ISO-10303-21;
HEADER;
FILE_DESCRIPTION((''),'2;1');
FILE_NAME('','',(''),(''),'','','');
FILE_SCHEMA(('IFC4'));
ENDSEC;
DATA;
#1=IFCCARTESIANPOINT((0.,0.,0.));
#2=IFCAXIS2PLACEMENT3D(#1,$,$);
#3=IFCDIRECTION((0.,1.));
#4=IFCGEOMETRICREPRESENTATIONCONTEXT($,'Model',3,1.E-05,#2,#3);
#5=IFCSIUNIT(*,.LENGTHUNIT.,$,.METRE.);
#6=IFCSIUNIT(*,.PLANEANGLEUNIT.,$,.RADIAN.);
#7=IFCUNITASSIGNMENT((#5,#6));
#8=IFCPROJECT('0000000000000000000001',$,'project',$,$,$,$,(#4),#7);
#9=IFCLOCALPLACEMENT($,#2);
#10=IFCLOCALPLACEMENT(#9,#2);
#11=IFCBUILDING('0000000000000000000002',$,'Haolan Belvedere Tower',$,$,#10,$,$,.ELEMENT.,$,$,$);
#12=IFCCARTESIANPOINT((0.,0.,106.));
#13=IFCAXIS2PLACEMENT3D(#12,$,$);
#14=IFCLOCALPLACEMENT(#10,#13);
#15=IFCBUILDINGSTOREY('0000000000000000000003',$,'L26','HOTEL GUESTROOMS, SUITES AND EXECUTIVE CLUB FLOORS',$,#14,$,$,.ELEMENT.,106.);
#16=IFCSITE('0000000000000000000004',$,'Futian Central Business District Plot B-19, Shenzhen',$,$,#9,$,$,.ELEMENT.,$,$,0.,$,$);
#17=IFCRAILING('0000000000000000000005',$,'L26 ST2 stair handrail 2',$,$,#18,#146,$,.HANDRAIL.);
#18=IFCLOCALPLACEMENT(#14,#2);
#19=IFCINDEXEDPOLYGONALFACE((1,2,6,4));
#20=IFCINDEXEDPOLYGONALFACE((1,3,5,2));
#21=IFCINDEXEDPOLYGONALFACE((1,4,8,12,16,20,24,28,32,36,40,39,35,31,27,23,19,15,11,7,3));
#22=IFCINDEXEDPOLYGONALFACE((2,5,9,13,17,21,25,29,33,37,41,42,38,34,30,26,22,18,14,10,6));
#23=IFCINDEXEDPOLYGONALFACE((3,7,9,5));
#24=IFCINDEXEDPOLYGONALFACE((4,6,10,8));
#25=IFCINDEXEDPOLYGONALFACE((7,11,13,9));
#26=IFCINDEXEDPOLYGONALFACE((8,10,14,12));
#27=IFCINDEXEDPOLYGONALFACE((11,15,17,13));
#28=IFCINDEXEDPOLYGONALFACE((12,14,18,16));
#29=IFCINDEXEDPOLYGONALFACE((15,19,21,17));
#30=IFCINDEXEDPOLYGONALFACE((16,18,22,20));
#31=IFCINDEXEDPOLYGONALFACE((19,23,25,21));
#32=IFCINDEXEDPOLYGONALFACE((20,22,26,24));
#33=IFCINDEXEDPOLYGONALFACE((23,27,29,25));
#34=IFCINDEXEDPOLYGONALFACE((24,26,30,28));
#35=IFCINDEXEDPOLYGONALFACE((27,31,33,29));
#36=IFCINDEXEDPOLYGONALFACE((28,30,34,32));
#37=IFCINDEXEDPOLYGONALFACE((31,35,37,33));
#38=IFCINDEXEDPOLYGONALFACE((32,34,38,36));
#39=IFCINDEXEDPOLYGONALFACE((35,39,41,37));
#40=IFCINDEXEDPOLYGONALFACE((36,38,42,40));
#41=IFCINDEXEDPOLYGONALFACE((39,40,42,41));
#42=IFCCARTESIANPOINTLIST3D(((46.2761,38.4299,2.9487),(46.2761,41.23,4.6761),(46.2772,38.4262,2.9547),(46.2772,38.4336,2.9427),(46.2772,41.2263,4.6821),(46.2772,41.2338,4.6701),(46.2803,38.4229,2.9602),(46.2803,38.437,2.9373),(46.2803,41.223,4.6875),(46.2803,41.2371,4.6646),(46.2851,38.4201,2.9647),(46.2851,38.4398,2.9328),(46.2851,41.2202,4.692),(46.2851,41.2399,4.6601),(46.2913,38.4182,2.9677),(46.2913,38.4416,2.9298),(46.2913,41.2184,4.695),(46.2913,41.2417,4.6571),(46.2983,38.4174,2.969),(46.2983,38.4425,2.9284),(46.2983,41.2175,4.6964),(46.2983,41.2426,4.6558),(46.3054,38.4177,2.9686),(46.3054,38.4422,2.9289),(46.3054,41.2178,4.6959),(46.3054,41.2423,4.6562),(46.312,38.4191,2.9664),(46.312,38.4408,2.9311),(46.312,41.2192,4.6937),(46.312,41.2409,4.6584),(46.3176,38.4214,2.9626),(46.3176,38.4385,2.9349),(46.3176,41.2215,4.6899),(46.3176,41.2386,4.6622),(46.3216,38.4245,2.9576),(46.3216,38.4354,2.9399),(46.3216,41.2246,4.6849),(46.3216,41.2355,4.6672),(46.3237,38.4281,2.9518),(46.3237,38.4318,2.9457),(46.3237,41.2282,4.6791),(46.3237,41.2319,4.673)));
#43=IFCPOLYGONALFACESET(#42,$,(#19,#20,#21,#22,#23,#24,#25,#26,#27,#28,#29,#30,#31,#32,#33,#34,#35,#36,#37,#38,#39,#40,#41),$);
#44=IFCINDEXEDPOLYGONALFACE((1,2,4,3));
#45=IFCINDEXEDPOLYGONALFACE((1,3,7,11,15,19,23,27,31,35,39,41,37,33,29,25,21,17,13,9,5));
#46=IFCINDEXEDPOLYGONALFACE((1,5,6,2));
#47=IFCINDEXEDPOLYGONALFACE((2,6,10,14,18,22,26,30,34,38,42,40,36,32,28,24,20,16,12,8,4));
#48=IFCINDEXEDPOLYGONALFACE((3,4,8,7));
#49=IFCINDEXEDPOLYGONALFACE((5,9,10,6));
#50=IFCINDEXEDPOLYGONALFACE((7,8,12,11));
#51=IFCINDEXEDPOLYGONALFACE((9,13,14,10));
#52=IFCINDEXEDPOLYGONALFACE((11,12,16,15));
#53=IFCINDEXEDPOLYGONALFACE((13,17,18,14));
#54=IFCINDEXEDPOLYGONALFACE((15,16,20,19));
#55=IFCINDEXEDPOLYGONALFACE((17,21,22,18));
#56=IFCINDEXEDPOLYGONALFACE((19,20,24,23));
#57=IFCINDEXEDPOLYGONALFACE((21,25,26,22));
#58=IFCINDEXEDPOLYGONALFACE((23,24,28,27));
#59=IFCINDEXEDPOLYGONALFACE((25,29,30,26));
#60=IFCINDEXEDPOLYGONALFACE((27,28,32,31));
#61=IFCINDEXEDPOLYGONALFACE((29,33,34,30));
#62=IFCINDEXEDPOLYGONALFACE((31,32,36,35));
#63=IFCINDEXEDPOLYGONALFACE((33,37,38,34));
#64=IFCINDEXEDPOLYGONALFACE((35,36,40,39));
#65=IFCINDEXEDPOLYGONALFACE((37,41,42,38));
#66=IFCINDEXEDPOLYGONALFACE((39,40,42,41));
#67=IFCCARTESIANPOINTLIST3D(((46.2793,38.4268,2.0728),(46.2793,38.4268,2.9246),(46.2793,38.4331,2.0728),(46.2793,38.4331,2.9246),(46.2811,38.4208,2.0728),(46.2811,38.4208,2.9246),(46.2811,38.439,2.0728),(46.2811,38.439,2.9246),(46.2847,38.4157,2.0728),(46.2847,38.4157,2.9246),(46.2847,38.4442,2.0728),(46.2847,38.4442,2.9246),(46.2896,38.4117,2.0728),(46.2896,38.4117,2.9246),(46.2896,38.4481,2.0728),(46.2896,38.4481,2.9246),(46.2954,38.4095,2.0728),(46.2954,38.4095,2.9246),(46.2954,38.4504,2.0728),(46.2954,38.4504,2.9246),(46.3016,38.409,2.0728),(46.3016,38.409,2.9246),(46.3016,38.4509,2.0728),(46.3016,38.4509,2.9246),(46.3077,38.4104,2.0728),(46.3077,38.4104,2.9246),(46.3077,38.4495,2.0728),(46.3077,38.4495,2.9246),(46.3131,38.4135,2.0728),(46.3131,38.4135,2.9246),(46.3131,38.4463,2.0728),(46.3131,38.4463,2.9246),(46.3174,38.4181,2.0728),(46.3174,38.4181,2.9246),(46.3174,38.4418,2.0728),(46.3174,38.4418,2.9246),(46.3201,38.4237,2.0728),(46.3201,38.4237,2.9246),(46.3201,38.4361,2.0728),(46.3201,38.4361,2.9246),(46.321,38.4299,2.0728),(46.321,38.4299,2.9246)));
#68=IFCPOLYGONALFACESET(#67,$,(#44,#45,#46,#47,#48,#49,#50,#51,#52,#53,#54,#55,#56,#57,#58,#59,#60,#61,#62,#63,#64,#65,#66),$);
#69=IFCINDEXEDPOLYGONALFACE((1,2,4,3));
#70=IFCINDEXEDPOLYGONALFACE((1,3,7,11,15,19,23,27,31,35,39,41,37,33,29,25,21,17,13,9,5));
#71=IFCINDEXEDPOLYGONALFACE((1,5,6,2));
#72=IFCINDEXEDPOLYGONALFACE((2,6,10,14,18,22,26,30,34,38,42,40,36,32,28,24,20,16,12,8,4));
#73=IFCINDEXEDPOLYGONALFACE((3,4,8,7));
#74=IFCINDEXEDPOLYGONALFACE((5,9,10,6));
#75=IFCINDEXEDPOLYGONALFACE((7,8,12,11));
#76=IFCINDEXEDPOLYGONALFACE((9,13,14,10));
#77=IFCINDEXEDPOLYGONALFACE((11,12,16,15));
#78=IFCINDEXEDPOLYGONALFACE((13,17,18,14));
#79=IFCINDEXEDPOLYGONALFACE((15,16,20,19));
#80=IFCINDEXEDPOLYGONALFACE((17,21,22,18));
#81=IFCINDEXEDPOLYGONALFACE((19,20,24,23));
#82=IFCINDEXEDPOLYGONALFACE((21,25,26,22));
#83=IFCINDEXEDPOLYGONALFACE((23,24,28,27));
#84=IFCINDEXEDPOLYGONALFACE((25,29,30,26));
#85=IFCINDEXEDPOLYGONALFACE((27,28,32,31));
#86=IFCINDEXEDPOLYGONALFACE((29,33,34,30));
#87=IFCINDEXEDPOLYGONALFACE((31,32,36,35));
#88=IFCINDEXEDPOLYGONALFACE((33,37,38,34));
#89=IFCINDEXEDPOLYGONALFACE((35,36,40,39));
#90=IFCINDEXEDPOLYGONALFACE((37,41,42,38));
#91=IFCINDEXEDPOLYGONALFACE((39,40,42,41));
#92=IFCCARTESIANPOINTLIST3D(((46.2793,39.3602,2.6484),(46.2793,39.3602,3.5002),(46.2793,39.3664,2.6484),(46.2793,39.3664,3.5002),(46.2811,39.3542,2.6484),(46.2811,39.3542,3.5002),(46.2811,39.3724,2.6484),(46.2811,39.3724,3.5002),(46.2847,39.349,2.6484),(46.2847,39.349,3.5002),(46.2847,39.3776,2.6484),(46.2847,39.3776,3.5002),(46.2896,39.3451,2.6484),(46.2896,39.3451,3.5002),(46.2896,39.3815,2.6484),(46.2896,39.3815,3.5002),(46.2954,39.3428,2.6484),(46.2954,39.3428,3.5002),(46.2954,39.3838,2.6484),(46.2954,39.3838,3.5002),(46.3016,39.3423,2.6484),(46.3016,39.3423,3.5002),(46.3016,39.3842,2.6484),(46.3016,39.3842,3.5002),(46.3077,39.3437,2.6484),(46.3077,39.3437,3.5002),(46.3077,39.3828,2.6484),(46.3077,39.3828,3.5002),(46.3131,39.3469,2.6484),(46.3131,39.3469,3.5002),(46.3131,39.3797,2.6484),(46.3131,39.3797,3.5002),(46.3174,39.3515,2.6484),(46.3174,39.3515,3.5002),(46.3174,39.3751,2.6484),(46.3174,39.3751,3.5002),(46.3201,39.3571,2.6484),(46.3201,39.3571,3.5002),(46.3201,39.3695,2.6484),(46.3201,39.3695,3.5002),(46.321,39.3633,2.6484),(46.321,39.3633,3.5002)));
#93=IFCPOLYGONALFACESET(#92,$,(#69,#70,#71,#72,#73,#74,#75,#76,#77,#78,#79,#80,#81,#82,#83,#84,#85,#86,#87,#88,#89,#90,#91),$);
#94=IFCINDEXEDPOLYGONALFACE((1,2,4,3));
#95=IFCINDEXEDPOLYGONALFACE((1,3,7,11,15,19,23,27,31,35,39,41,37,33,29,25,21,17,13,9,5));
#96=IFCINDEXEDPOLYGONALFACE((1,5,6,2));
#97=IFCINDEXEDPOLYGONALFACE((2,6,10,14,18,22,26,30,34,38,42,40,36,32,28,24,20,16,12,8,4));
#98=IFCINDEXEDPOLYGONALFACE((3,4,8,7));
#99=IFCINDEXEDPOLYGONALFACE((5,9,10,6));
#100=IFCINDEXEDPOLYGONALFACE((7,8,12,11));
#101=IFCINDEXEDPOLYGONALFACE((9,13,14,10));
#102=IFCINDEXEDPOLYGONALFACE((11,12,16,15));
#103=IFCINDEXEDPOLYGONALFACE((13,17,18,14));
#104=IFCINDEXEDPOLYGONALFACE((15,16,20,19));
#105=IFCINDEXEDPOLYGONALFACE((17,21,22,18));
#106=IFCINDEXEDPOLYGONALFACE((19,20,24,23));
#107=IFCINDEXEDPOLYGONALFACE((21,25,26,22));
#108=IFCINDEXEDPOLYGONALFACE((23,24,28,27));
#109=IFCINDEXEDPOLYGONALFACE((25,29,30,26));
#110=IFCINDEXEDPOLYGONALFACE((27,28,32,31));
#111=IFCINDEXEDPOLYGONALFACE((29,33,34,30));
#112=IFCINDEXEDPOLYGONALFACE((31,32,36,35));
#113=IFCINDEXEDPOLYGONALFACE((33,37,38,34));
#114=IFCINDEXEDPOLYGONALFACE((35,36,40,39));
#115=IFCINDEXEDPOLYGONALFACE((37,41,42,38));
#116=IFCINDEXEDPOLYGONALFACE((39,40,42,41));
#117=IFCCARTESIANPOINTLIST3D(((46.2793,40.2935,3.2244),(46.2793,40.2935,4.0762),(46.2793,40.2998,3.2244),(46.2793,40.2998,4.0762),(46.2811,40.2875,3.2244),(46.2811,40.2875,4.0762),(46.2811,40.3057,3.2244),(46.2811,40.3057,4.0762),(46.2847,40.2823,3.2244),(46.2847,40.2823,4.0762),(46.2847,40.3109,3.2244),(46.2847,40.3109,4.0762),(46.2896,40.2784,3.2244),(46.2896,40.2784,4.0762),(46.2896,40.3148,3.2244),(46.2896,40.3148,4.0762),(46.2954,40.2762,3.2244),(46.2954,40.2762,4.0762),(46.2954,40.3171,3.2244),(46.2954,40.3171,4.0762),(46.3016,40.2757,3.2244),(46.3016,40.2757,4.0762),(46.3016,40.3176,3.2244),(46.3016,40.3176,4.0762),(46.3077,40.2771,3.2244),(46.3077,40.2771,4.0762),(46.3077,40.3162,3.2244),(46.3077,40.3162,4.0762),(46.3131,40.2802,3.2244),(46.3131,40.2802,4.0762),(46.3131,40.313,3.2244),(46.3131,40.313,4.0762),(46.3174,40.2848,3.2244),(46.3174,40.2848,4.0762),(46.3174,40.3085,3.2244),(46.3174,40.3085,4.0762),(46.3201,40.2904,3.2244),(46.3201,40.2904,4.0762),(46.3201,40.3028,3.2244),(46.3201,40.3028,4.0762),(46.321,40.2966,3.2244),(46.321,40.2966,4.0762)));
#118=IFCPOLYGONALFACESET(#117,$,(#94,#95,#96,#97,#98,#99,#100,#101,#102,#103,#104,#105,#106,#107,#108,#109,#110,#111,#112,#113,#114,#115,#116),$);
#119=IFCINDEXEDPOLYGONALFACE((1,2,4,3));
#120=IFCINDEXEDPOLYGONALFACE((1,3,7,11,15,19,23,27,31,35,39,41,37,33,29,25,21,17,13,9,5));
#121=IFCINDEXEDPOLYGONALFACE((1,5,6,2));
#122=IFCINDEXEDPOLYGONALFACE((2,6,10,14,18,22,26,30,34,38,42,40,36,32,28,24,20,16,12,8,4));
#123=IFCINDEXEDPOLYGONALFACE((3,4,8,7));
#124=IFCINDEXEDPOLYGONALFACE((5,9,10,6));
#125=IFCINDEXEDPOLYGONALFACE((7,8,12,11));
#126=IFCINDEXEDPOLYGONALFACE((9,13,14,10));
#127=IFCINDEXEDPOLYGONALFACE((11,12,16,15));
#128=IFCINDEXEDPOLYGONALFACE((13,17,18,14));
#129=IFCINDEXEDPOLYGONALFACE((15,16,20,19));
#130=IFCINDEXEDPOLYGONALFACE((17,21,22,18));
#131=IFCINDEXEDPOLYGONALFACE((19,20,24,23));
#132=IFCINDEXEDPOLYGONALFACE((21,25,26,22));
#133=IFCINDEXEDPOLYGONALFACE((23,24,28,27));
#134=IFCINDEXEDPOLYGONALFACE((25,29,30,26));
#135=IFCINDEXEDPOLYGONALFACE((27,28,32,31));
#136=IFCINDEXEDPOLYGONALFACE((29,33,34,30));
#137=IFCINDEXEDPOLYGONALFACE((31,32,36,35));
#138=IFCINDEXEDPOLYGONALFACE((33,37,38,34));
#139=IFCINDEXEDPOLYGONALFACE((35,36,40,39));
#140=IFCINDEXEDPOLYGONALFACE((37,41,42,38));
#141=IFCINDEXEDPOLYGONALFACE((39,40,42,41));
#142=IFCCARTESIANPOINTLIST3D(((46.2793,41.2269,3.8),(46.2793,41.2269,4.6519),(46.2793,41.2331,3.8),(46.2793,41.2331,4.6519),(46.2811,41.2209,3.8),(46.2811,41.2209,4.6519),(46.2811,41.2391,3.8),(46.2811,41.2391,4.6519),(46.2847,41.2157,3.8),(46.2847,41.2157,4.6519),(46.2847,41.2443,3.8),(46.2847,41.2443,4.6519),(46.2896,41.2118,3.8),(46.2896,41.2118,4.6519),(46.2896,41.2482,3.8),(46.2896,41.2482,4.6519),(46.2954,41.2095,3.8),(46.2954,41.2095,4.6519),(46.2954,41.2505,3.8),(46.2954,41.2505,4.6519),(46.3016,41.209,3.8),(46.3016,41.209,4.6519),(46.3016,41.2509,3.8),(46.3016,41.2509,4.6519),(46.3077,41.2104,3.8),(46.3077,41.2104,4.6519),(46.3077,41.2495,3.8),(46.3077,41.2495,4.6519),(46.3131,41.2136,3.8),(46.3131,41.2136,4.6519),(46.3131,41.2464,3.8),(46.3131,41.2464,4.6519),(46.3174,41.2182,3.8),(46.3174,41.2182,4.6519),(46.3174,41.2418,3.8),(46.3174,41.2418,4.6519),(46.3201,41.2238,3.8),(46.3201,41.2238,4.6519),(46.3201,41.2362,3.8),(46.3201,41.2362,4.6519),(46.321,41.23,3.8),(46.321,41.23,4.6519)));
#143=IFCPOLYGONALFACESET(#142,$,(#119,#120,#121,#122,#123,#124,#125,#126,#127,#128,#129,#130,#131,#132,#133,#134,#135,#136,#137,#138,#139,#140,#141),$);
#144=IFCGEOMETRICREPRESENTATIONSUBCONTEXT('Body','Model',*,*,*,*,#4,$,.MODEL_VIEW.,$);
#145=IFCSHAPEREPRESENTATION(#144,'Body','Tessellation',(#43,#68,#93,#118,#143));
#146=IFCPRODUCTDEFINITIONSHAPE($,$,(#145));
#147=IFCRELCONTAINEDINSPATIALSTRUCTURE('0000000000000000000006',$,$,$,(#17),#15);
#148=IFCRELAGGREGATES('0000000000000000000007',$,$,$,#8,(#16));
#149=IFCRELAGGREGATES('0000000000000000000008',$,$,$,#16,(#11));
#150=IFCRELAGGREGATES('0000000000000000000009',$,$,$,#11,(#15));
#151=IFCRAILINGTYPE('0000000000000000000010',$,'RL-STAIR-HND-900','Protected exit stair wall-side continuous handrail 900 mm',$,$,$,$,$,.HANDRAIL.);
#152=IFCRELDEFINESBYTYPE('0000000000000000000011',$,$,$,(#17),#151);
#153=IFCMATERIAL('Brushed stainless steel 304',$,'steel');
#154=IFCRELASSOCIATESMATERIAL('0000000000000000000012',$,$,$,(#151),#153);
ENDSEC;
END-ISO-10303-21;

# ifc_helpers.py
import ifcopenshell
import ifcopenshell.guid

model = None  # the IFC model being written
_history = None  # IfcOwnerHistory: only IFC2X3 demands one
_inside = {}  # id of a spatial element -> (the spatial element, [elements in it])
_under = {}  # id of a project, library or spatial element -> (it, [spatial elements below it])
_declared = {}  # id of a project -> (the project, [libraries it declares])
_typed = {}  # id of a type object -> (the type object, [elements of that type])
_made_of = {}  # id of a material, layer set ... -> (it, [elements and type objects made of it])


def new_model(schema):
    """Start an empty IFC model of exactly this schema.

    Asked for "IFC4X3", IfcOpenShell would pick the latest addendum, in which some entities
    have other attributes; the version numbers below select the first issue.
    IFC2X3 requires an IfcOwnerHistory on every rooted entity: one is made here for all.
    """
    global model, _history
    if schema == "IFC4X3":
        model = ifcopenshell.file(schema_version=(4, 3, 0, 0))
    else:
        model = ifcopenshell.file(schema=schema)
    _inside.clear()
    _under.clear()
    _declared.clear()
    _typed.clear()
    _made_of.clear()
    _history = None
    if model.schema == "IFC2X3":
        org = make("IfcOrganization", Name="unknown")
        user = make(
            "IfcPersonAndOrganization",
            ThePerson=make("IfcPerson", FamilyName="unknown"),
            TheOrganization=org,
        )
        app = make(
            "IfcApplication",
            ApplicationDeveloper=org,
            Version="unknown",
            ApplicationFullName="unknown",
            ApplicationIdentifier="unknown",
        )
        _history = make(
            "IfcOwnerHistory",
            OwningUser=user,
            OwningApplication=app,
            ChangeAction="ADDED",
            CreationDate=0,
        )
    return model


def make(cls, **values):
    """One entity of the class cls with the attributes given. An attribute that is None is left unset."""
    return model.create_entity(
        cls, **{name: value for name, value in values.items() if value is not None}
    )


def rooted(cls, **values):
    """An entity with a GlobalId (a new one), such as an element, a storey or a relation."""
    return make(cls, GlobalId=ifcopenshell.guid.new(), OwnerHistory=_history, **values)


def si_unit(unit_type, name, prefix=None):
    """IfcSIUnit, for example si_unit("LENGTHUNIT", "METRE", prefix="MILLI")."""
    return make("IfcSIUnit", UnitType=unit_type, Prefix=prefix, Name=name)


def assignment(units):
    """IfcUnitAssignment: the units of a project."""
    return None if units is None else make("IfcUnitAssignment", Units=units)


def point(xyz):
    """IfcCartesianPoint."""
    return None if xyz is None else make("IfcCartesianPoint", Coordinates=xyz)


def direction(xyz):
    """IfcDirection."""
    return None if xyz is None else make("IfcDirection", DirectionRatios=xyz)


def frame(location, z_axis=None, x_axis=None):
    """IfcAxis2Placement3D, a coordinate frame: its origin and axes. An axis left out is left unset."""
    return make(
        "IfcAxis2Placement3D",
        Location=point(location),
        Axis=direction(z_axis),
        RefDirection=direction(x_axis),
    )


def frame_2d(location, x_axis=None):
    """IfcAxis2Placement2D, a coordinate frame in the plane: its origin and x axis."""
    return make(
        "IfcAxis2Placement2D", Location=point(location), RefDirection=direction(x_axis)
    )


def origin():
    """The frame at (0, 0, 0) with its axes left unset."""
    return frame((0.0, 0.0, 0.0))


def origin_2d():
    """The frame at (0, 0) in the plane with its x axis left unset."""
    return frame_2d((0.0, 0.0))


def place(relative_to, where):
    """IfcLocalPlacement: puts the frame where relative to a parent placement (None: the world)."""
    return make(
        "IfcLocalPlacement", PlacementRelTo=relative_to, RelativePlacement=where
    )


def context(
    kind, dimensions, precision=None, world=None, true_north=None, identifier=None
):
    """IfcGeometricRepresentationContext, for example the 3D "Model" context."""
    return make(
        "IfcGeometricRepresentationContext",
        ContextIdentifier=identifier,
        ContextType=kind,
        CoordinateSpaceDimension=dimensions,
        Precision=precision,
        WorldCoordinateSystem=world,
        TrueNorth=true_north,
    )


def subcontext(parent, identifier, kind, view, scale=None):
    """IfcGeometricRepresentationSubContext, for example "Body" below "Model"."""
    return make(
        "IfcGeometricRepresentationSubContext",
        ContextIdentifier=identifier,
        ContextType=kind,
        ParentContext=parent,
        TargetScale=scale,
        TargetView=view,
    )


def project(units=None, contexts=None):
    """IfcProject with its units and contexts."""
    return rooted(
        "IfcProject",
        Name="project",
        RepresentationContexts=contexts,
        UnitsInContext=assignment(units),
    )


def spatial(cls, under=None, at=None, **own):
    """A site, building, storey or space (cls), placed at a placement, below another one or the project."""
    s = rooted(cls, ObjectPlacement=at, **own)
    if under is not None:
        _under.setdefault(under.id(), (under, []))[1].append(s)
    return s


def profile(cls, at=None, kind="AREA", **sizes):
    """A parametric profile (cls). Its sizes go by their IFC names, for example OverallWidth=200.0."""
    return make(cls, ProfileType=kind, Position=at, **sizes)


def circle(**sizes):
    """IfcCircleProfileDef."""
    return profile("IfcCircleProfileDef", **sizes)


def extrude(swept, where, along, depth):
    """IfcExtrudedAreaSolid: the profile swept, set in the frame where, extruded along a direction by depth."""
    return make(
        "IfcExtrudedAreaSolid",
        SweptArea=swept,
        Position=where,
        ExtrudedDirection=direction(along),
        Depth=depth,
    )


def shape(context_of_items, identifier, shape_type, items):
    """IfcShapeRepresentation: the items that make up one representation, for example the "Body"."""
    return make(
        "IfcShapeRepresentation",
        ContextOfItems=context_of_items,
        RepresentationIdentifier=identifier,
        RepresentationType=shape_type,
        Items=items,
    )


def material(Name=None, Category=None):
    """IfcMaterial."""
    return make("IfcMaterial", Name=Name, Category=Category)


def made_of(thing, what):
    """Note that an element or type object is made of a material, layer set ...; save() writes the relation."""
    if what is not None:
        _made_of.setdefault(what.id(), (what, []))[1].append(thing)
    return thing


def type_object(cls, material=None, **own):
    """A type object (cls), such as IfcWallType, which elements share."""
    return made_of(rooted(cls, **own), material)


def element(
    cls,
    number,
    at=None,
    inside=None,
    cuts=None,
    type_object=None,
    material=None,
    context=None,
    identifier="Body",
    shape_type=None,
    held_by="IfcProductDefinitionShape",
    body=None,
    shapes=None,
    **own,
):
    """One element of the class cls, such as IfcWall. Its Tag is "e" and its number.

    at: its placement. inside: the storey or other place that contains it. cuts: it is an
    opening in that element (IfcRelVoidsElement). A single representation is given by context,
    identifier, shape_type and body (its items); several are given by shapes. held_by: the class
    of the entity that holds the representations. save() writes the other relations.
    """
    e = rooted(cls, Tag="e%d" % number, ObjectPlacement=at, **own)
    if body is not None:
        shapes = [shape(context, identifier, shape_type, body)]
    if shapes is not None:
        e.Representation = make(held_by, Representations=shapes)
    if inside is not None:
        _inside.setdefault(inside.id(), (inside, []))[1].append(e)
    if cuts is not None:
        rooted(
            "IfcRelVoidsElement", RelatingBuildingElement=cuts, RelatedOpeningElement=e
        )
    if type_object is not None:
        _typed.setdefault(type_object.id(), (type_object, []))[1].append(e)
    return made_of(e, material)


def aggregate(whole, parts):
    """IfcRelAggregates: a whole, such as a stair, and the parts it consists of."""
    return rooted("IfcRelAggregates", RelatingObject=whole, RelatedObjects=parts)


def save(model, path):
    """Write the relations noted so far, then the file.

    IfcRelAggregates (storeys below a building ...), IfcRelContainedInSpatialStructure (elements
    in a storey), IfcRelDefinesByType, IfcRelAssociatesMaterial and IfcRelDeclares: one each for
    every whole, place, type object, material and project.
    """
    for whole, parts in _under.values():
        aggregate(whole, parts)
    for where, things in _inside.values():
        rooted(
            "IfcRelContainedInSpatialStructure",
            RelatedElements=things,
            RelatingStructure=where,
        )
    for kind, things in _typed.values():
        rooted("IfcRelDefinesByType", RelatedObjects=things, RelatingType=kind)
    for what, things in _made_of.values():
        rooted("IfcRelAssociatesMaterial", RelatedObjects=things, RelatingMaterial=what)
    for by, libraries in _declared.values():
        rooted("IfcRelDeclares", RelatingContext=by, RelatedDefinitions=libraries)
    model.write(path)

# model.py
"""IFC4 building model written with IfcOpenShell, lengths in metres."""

from ifc_helpers import new_model, si_unit, direction, frame, origin, origin_2d, place, context, subcontext, project, spatial, circle, extrude, material, type_object, element, save


model = new_model("IFC4")

# Units and contexts
model_context = context("Model", 3, precision=1e-05, world=origin(), true_north=direction((0.0, 1.0)))
body_context = subcontext(model_context, "Body", "Model", "MODEL_VIEW")
ifc_project = project(units=[si_unit("LENGTHUNIT", "METRE"), si_unit("PLANEANGLEUNIT", "RADIAN")], contexts=[model_context])

# Site, building, storey
site_placement = place(None, origin())
site = spatial("IfcSite", under=ifc_project, at=site_placement, Name="Futian Central Business District Plot B-19, Shenzhen", CompositionType="ELEMENT", RefElevation=0.0)
building_placement = place(site_placement, origin())
building = spatial("IfcBuilding", under=site, at=building_placement, Name="Haolan Belvedere Tower", CompositionType="ELEMENT")
storey_placement = place(building_placement, frame((0.0, 0.0, 106.0)))
storey = spatial("IfcBuildingStorey", under=building, at=storey_placement, Name="L26", Description="HOTEL GUESTROOMS, SUITES AND EXECUTIVE CLUB FLOORS", CompositionType="ELEMENT", Elevation=106.0)

# Railing
ifc_material_1 = material(Name="Brushed stainless steel 304", Category="steel")
railing_type = type_object("IfcRailingType", Name="RL-STAIR-HND-900", Description="Protected exit stair wall-side continuous handrail 900 mm", PredefinedType="HANDRAIL", material=ifc_material_1)
railing_placement = place(storey_placement, frame((46.3, 38.4299, 2.0728)))
element("IfcRailing", 1, at=railing_placement, inside=storey, type_object=railing_type, Name="L26 ST2 stair handrail 2", PredefinedType="HANDRAIL", context=body_context, shape_type="SweptSolid", body=[
    extrude(circle(Radius=0.0239, at=origin_2d()), frame((0.0, 0.0, 0.876), z_axis=(0.0, 0.85109, 0.52502), x_axis=(-1.0, 0.0, 0.0)), (0.0, 0.0, 1.0), 3.29),
    extrude(circle(Radius=0.021, at=origin_2d()), origin(), (0.0, 0.0, 1.0), 0.8518),
    extrude(circle(Radius=0.021, at=origin_2d()), frame((0.0, 0.9333, 0.5757)), (0.0, 0.0, 1.0), 0.8518),
    extrude(circle(Radius=0.021, at=origin_2d()), frame((0.0, 1.8667, 1.1516)), (0.0, 0.0, 1.0), 0.8518),
    extrude(circle(Radius=0.021, at=origin_2d()), frame((0.0, 2.8, 1.7273)), (0.0, 0.0, 1.0), 0.8518),
])

save(model, "model.ifc")
